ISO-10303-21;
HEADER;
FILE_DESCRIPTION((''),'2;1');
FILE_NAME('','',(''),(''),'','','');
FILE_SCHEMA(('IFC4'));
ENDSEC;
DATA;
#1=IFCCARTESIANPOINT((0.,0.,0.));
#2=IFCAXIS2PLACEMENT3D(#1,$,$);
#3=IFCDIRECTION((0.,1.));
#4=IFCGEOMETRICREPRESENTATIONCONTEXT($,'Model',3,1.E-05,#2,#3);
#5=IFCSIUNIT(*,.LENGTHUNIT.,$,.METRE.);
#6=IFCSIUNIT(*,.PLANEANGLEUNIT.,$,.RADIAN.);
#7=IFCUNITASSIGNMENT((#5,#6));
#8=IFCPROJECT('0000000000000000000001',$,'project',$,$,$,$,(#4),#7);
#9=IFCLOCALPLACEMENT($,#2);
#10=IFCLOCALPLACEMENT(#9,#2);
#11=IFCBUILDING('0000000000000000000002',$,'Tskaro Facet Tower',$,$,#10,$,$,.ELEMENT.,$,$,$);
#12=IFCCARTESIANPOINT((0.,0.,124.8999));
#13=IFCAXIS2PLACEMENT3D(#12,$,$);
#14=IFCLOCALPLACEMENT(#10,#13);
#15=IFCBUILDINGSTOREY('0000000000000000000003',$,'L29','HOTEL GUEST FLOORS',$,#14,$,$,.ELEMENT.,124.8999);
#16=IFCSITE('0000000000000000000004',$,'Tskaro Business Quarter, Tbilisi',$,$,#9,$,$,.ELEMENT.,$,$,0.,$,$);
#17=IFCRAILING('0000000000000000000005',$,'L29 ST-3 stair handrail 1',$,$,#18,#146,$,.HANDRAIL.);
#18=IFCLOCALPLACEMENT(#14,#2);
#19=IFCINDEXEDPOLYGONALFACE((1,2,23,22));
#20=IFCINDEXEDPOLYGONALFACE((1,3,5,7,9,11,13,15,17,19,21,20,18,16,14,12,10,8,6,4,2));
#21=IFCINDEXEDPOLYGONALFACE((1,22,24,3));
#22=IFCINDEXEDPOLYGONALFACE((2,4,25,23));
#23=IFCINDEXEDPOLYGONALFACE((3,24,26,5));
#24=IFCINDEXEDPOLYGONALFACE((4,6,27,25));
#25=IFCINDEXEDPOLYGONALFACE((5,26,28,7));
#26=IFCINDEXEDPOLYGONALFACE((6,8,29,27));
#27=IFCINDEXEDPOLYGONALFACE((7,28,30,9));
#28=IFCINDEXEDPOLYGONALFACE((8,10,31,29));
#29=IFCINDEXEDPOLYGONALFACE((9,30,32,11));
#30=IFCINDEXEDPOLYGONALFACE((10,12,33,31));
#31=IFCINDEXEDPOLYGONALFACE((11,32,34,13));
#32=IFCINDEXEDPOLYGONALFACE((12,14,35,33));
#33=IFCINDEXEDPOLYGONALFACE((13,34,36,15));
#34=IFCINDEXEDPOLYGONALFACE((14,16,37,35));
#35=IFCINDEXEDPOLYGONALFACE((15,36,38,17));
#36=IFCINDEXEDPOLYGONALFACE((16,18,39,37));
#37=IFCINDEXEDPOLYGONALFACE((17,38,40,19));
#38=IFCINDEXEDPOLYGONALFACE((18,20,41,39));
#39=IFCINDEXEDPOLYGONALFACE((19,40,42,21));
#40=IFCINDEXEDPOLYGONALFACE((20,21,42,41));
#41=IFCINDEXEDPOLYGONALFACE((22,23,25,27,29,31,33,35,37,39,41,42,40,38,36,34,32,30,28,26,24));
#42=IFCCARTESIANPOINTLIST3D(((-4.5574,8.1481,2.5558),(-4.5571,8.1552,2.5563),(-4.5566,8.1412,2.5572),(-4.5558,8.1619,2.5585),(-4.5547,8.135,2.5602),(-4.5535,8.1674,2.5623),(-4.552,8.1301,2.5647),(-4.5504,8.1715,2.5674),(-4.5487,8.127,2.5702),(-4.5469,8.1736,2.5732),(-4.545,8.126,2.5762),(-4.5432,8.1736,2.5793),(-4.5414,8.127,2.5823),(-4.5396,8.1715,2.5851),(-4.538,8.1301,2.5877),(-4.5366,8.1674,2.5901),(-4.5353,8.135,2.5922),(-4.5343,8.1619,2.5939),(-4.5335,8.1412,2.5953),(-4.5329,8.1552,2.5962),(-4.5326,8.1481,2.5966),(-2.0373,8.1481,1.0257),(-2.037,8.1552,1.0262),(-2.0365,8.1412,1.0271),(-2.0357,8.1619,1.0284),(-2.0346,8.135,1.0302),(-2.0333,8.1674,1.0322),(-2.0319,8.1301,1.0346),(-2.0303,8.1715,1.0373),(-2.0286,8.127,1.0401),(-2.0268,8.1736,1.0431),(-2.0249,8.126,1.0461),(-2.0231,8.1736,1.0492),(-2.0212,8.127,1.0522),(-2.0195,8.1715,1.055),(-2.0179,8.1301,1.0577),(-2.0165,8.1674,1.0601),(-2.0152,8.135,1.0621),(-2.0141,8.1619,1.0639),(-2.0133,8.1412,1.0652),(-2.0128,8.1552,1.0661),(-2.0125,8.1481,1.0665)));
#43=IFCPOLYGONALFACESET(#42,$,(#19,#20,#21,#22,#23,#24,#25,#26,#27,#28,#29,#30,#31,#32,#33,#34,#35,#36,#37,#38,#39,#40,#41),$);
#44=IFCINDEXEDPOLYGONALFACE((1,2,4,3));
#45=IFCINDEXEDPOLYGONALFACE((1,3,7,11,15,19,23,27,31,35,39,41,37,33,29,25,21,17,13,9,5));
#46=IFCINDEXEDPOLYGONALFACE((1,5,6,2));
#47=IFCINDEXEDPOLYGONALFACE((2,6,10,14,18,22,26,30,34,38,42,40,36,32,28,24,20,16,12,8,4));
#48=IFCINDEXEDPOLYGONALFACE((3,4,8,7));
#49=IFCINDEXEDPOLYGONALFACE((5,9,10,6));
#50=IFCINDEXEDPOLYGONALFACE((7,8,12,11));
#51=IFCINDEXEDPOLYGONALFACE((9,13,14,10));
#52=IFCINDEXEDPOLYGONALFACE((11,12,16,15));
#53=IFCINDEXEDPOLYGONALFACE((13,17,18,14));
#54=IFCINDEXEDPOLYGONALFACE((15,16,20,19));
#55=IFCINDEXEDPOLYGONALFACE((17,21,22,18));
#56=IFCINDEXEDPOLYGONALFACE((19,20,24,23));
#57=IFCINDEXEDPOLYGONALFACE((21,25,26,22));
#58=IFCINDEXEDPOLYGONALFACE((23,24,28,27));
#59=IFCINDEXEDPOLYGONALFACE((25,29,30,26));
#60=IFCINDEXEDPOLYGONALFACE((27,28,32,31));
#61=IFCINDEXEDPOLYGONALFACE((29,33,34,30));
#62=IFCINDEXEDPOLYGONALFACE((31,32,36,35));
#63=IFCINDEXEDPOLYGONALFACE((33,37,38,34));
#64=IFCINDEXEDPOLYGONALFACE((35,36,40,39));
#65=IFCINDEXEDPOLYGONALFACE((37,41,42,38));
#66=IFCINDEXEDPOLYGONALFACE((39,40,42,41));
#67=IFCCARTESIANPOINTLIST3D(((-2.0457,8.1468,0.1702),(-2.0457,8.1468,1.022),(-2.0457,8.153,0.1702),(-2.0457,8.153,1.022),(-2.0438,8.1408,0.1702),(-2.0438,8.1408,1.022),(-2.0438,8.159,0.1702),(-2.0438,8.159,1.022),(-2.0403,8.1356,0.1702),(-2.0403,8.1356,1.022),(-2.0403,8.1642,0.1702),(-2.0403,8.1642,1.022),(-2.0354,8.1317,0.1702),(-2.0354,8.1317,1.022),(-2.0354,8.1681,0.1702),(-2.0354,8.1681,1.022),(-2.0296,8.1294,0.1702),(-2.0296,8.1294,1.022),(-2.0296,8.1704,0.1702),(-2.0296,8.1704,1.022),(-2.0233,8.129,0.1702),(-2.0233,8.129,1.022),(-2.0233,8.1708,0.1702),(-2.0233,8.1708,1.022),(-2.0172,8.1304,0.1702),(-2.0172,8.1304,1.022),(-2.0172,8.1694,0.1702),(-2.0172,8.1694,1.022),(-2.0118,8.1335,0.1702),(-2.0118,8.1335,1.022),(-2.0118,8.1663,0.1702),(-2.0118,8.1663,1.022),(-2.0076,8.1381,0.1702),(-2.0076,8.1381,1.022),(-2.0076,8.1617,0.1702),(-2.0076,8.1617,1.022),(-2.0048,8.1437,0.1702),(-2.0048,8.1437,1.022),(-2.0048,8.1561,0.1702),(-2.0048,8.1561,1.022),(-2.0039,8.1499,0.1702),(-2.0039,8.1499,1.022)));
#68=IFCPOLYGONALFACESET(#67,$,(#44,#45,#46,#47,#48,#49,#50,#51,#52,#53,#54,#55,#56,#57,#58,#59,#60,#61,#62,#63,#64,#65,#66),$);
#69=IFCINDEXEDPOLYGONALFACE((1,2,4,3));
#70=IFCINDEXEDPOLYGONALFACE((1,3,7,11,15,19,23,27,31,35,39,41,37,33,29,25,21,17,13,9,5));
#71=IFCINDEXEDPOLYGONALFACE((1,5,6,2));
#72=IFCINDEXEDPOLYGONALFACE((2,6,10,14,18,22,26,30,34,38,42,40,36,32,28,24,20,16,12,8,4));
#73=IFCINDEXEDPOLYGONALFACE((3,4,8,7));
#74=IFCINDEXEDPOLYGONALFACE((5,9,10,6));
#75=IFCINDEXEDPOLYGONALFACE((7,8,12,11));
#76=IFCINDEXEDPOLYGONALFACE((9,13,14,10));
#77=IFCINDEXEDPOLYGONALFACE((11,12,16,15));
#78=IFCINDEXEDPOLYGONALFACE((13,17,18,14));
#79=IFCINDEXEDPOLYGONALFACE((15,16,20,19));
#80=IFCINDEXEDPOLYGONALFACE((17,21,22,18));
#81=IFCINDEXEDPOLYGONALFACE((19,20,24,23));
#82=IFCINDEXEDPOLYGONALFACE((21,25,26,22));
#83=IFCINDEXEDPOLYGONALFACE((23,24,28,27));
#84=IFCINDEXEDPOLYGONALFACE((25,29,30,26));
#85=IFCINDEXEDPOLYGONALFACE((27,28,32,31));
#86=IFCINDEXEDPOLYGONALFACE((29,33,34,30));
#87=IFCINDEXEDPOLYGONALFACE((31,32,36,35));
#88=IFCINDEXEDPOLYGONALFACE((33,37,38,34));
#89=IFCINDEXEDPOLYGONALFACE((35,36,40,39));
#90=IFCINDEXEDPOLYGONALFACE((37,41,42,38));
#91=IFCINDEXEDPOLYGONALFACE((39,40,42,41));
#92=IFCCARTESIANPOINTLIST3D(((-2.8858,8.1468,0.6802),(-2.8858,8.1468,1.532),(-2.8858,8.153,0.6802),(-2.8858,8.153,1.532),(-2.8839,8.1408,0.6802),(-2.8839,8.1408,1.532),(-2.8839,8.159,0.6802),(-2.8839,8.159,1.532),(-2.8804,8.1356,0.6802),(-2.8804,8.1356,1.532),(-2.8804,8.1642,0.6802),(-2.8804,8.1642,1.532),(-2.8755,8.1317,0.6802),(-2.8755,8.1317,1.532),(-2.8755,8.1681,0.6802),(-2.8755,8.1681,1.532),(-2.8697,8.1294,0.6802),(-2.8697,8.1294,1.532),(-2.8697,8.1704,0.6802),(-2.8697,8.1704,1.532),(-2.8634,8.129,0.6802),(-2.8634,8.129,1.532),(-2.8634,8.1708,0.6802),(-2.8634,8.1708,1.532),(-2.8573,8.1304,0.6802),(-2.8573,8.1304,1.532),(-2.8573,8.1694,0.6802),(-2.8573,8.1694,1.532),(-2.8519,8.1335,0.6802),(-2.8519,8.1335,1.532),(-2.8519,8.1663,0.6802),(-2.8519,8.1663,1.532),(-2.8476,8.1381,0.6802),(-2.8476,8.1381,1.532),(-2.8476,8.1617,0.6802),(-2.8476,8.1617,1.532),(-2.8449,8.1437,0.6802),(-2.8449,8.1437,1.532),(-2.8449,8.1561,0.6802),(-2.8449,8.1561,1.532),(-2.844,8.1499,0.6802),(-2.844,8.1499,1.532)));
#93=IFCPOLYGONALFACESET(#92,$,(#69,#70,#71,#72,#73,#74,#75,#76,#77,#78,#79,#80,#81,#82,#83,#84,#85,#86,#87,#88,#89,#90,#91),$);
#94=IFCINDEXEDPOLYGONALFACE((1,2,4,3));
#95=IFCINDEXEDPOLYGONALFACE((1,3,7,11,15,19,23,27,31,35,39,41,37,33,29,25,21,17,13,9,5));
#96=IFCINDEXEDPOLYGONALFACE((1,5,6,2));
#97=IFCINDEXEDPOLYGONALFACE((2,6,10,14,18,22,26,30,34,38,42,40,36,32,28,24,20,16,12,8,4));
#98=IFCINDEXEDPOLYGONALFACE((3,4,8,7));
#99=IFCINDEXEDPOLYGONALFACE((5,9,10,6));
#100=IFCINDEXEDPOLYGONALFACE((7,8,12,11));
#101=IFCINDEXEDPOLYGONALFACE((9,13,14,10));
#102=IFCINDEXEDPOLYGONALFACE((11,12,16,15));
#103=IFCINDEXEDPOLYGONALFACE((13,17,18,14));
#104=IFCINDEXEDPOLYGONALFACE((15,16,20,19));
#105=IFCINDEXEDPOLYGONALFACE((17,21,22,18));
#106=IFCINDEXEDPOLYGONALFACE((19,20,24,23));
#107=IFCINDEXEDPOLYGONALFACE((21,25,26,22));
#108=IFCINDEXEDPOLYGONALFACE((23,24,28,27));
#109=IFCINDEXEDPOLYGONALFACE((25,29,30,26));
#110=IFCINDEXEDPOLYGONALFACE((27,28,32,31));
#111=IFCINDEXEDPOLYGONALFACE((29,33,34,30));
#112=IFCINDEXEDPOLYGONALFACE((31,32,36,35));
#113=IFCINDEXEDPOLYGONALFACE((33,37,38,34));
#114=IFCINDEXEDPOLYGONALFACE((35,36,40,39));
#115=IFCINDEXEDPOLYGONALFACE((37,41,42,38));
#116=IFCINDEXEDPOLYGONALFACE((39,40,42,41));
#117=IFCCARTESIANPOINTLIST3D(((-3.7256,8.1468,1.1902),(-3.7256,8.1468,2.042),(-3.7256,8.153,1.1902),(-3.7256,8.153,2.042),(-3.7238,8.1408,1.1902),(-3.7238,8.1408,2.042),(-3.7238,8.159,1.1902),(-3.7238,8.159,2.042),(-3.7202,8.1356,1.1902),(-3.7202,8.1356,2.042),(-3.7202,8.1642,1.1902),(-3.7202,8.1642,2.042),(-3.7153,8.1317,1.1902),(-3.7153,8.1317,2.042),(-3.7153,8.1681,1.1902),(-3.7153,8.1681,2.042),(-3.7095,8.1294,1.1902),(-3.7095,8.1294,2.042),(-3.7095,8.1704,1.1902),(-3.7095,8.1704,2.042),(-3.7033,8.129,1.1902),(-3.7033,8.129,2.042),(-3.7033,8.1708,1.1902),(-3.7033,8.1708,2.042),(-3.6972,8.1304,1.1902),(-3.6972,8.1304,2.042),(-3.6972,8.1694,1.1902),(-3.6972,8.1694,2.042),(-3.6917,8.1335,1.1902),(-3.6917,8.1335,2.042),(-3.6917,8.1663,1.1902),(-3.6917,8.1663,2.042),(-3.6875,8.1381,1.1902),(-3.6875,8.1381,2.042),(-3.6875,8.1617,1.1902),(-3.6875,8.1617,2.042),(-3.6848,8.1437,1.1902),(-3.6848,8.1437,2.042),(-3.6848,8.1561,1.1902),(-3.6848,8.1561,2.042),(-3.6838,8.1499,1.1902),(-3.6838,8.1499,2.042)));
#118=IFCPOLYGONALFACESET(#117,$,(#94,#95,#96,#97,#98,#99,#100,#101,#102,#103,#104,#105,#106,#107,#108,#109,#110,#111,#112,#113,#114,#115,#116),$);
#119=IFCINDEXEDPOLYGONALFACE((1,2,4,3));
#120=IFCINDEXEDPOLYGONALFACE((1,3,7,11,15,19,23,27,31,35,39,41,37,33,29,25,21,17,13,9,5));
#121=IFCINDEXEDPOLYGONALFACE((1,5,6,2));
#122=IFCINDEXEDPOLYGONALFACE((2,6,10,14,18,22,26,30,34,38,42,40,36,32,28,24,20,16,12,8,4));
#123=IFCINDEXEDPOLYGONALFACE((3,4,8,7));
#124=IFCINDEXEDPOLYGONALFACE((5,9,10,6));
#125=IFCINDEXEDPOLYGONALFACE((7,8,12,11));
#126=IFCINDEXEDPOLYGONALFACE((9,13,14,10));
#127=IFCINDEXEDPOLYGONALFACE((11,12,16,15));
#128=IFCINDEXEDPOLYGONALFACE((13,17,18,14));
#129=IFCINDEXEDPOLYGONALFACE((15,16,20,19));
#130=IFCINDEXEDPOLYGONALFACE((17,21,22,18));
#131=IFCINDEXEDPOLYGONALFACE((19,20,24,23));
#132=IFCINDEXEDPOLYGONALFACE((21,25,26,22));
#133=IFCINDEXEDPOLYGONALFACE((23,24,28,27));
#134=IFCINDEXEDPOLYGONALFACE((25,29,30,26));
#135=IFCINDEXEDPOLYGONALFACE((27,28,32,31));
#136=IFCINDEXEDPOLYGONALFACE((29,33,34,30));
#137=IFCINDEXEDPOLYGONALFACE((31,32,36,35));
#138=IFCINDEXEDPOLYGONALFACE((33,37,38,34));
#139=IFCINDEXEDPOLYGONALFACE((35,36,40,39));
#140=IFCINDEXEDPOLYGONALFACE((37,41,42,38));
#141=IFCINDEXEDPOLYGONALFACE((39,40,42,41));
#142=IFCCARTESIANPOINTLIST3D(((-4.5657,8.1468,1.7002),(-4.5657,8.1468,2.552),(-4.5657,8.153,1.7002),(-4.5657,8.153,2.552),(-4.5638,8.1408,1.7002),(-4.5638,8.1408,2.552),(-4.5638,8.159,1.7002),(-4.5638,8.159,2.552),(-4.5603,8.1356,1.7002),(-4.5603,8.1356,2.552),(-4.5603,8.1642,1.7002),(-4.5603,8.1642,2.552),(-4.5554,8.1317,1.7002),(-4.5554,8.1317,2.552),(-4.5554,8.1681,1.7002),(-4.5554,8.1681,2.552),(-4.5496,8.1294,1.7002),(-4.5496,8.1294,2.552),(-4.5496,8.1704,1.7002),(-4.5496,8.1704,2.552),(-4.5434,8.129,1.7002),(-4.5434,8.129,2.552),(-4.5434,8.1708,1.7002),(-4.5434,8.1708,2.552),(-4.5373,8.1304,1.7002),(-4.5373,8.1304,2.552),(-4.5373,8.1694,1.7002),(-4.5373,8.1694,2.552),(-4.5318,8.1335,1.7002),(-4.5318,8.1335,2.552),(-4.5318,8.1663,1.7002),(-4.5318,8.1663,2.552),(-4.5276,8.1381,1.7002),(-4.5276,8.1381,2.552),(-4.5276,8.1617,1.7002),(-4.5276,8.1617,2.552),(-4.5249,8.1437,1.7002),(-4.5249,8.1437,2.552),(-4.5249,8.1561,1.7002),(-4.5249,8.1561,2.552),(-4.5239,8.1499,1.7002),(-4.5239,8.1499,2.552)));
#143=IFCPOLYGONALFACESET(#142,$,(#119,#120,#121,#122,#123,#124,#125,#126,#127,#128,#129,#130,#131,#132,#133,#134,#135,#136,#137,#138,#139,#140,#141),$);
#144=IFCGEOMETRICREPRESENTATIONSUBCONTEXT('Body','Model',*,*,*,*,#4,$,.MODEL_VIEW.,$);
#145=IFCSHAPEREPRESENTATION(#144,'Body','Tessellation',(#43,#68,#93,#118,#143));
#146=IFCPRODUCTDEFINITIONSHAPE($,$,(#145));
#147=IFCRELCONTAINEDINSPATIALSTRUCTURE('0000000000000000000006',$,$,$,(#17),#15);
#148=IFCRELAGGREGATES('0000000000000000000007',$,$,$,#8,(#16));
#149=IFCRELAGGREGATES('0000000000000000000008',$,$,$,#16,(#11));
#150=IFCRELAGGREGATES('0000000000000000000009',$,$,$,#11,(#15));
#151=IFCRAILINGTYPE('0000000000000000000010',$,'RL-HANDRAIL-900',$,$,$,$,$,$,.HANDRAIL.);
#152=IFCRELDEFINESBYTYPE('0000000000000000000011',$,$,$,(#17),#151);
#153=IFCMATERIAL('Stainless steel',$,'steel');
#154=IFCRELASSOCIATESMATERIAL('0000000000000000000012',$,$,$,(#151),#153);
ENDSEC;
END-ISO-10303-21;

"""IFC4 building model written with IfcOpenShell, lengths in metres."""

from ifc_helpers import new_model, si_unit, direction, frame, origin, origin_2d, place, context, subcontext, project, spatial, circle, extrude, material, type_object, element, save


model = new_model("IFC4")

# Units and contexts
model_context = context("Model", 3, precision=1e-05, world=origin(), true_north=direction((0.0, 1.0)))
body_context = subcontext(model_context, "Body", "Model", "MODEL_VIEW")
ifc_project = project(units=[si_unit("LENGTHUNIT", "METRE"), si_unit("PLANEANGLEUNIT", "RADIAN")], contexts=[model_context])

# Site, building, storey
site_placement = place(None, origin())
site = spatial("IfcSite", under=ifc_project, at=site_placement, Name="Tskaro Business Quarter, Tbilisi", CompositionType="ELEMENT", RefElevation=0.0)
building_placement = place(site_placement, origin())
building = spatial("IfcBuilding", under=site, at=building_placement, Name="Tskaro Facet Tower", CompositionType="ELEMENT")
storey_placement = place(building_placement, frame((0.0, 0.0, 124.8999)))
storey = spatial("IfcBuildingStorey", under=building, at=storey_placement, Name="L29", Description="HOTEL GUEST FLOORS", CompositionType="ELEMENT", Elevation=124.8999)

# Railing
ifc_material_1 = material(Name="Stainless steel", Category="steel")
railing_type_1 = type_object("IfcRailingType", Name="RL-HANDRAIL-900", PredefinedType="HANDRAIL", material=ifc_material_1)
railing_1_placement = place(storey_placement, frame((-2.0249, 8.1499, 0.1702)))
element("IfcRailing", 1, at=railing_1_placement, inside=storey, type_object=railing_type_1, Name="L29 ST-3 stair handrail 1", PredefinedType="HANDRAIL", context=body_context, shape_type="SweptSolid", body=[
    extrude(circle(Radius=0.0239, at=origin_2d()), frame((0.0, 0.0, 0.876), z_axis=(-0.854785, 0.0, 0.518982), x_axis=(0.0, -1.0, 0.0)), (0.0, 0.0, 1.0), 2.9482),
    extrude(circle(Radius=0.021, at=origin_2d()), origin(), (0.0, 0.0, 1.0), 0.8518),
    extrude(circle(Radius=0.021, at=origin_2d()), frame((-0.8401, 0.0, 0.51)), (0.0, 0.0, 1.0), 0.8518),
    extrude(circle(Radius=0.021, at=origin_2d()), frame((-1.6799, 0.0, 1.02)), (0.0, 0.0, 1.0), 0.8518),
    extrude(circle(Radius=0.021, at=origin_2d()), frame((-2.52, 0.0, 1.53)), (0.0, 0.0, 1.0), 0.8518),
])

save(model, "model.ifc")
